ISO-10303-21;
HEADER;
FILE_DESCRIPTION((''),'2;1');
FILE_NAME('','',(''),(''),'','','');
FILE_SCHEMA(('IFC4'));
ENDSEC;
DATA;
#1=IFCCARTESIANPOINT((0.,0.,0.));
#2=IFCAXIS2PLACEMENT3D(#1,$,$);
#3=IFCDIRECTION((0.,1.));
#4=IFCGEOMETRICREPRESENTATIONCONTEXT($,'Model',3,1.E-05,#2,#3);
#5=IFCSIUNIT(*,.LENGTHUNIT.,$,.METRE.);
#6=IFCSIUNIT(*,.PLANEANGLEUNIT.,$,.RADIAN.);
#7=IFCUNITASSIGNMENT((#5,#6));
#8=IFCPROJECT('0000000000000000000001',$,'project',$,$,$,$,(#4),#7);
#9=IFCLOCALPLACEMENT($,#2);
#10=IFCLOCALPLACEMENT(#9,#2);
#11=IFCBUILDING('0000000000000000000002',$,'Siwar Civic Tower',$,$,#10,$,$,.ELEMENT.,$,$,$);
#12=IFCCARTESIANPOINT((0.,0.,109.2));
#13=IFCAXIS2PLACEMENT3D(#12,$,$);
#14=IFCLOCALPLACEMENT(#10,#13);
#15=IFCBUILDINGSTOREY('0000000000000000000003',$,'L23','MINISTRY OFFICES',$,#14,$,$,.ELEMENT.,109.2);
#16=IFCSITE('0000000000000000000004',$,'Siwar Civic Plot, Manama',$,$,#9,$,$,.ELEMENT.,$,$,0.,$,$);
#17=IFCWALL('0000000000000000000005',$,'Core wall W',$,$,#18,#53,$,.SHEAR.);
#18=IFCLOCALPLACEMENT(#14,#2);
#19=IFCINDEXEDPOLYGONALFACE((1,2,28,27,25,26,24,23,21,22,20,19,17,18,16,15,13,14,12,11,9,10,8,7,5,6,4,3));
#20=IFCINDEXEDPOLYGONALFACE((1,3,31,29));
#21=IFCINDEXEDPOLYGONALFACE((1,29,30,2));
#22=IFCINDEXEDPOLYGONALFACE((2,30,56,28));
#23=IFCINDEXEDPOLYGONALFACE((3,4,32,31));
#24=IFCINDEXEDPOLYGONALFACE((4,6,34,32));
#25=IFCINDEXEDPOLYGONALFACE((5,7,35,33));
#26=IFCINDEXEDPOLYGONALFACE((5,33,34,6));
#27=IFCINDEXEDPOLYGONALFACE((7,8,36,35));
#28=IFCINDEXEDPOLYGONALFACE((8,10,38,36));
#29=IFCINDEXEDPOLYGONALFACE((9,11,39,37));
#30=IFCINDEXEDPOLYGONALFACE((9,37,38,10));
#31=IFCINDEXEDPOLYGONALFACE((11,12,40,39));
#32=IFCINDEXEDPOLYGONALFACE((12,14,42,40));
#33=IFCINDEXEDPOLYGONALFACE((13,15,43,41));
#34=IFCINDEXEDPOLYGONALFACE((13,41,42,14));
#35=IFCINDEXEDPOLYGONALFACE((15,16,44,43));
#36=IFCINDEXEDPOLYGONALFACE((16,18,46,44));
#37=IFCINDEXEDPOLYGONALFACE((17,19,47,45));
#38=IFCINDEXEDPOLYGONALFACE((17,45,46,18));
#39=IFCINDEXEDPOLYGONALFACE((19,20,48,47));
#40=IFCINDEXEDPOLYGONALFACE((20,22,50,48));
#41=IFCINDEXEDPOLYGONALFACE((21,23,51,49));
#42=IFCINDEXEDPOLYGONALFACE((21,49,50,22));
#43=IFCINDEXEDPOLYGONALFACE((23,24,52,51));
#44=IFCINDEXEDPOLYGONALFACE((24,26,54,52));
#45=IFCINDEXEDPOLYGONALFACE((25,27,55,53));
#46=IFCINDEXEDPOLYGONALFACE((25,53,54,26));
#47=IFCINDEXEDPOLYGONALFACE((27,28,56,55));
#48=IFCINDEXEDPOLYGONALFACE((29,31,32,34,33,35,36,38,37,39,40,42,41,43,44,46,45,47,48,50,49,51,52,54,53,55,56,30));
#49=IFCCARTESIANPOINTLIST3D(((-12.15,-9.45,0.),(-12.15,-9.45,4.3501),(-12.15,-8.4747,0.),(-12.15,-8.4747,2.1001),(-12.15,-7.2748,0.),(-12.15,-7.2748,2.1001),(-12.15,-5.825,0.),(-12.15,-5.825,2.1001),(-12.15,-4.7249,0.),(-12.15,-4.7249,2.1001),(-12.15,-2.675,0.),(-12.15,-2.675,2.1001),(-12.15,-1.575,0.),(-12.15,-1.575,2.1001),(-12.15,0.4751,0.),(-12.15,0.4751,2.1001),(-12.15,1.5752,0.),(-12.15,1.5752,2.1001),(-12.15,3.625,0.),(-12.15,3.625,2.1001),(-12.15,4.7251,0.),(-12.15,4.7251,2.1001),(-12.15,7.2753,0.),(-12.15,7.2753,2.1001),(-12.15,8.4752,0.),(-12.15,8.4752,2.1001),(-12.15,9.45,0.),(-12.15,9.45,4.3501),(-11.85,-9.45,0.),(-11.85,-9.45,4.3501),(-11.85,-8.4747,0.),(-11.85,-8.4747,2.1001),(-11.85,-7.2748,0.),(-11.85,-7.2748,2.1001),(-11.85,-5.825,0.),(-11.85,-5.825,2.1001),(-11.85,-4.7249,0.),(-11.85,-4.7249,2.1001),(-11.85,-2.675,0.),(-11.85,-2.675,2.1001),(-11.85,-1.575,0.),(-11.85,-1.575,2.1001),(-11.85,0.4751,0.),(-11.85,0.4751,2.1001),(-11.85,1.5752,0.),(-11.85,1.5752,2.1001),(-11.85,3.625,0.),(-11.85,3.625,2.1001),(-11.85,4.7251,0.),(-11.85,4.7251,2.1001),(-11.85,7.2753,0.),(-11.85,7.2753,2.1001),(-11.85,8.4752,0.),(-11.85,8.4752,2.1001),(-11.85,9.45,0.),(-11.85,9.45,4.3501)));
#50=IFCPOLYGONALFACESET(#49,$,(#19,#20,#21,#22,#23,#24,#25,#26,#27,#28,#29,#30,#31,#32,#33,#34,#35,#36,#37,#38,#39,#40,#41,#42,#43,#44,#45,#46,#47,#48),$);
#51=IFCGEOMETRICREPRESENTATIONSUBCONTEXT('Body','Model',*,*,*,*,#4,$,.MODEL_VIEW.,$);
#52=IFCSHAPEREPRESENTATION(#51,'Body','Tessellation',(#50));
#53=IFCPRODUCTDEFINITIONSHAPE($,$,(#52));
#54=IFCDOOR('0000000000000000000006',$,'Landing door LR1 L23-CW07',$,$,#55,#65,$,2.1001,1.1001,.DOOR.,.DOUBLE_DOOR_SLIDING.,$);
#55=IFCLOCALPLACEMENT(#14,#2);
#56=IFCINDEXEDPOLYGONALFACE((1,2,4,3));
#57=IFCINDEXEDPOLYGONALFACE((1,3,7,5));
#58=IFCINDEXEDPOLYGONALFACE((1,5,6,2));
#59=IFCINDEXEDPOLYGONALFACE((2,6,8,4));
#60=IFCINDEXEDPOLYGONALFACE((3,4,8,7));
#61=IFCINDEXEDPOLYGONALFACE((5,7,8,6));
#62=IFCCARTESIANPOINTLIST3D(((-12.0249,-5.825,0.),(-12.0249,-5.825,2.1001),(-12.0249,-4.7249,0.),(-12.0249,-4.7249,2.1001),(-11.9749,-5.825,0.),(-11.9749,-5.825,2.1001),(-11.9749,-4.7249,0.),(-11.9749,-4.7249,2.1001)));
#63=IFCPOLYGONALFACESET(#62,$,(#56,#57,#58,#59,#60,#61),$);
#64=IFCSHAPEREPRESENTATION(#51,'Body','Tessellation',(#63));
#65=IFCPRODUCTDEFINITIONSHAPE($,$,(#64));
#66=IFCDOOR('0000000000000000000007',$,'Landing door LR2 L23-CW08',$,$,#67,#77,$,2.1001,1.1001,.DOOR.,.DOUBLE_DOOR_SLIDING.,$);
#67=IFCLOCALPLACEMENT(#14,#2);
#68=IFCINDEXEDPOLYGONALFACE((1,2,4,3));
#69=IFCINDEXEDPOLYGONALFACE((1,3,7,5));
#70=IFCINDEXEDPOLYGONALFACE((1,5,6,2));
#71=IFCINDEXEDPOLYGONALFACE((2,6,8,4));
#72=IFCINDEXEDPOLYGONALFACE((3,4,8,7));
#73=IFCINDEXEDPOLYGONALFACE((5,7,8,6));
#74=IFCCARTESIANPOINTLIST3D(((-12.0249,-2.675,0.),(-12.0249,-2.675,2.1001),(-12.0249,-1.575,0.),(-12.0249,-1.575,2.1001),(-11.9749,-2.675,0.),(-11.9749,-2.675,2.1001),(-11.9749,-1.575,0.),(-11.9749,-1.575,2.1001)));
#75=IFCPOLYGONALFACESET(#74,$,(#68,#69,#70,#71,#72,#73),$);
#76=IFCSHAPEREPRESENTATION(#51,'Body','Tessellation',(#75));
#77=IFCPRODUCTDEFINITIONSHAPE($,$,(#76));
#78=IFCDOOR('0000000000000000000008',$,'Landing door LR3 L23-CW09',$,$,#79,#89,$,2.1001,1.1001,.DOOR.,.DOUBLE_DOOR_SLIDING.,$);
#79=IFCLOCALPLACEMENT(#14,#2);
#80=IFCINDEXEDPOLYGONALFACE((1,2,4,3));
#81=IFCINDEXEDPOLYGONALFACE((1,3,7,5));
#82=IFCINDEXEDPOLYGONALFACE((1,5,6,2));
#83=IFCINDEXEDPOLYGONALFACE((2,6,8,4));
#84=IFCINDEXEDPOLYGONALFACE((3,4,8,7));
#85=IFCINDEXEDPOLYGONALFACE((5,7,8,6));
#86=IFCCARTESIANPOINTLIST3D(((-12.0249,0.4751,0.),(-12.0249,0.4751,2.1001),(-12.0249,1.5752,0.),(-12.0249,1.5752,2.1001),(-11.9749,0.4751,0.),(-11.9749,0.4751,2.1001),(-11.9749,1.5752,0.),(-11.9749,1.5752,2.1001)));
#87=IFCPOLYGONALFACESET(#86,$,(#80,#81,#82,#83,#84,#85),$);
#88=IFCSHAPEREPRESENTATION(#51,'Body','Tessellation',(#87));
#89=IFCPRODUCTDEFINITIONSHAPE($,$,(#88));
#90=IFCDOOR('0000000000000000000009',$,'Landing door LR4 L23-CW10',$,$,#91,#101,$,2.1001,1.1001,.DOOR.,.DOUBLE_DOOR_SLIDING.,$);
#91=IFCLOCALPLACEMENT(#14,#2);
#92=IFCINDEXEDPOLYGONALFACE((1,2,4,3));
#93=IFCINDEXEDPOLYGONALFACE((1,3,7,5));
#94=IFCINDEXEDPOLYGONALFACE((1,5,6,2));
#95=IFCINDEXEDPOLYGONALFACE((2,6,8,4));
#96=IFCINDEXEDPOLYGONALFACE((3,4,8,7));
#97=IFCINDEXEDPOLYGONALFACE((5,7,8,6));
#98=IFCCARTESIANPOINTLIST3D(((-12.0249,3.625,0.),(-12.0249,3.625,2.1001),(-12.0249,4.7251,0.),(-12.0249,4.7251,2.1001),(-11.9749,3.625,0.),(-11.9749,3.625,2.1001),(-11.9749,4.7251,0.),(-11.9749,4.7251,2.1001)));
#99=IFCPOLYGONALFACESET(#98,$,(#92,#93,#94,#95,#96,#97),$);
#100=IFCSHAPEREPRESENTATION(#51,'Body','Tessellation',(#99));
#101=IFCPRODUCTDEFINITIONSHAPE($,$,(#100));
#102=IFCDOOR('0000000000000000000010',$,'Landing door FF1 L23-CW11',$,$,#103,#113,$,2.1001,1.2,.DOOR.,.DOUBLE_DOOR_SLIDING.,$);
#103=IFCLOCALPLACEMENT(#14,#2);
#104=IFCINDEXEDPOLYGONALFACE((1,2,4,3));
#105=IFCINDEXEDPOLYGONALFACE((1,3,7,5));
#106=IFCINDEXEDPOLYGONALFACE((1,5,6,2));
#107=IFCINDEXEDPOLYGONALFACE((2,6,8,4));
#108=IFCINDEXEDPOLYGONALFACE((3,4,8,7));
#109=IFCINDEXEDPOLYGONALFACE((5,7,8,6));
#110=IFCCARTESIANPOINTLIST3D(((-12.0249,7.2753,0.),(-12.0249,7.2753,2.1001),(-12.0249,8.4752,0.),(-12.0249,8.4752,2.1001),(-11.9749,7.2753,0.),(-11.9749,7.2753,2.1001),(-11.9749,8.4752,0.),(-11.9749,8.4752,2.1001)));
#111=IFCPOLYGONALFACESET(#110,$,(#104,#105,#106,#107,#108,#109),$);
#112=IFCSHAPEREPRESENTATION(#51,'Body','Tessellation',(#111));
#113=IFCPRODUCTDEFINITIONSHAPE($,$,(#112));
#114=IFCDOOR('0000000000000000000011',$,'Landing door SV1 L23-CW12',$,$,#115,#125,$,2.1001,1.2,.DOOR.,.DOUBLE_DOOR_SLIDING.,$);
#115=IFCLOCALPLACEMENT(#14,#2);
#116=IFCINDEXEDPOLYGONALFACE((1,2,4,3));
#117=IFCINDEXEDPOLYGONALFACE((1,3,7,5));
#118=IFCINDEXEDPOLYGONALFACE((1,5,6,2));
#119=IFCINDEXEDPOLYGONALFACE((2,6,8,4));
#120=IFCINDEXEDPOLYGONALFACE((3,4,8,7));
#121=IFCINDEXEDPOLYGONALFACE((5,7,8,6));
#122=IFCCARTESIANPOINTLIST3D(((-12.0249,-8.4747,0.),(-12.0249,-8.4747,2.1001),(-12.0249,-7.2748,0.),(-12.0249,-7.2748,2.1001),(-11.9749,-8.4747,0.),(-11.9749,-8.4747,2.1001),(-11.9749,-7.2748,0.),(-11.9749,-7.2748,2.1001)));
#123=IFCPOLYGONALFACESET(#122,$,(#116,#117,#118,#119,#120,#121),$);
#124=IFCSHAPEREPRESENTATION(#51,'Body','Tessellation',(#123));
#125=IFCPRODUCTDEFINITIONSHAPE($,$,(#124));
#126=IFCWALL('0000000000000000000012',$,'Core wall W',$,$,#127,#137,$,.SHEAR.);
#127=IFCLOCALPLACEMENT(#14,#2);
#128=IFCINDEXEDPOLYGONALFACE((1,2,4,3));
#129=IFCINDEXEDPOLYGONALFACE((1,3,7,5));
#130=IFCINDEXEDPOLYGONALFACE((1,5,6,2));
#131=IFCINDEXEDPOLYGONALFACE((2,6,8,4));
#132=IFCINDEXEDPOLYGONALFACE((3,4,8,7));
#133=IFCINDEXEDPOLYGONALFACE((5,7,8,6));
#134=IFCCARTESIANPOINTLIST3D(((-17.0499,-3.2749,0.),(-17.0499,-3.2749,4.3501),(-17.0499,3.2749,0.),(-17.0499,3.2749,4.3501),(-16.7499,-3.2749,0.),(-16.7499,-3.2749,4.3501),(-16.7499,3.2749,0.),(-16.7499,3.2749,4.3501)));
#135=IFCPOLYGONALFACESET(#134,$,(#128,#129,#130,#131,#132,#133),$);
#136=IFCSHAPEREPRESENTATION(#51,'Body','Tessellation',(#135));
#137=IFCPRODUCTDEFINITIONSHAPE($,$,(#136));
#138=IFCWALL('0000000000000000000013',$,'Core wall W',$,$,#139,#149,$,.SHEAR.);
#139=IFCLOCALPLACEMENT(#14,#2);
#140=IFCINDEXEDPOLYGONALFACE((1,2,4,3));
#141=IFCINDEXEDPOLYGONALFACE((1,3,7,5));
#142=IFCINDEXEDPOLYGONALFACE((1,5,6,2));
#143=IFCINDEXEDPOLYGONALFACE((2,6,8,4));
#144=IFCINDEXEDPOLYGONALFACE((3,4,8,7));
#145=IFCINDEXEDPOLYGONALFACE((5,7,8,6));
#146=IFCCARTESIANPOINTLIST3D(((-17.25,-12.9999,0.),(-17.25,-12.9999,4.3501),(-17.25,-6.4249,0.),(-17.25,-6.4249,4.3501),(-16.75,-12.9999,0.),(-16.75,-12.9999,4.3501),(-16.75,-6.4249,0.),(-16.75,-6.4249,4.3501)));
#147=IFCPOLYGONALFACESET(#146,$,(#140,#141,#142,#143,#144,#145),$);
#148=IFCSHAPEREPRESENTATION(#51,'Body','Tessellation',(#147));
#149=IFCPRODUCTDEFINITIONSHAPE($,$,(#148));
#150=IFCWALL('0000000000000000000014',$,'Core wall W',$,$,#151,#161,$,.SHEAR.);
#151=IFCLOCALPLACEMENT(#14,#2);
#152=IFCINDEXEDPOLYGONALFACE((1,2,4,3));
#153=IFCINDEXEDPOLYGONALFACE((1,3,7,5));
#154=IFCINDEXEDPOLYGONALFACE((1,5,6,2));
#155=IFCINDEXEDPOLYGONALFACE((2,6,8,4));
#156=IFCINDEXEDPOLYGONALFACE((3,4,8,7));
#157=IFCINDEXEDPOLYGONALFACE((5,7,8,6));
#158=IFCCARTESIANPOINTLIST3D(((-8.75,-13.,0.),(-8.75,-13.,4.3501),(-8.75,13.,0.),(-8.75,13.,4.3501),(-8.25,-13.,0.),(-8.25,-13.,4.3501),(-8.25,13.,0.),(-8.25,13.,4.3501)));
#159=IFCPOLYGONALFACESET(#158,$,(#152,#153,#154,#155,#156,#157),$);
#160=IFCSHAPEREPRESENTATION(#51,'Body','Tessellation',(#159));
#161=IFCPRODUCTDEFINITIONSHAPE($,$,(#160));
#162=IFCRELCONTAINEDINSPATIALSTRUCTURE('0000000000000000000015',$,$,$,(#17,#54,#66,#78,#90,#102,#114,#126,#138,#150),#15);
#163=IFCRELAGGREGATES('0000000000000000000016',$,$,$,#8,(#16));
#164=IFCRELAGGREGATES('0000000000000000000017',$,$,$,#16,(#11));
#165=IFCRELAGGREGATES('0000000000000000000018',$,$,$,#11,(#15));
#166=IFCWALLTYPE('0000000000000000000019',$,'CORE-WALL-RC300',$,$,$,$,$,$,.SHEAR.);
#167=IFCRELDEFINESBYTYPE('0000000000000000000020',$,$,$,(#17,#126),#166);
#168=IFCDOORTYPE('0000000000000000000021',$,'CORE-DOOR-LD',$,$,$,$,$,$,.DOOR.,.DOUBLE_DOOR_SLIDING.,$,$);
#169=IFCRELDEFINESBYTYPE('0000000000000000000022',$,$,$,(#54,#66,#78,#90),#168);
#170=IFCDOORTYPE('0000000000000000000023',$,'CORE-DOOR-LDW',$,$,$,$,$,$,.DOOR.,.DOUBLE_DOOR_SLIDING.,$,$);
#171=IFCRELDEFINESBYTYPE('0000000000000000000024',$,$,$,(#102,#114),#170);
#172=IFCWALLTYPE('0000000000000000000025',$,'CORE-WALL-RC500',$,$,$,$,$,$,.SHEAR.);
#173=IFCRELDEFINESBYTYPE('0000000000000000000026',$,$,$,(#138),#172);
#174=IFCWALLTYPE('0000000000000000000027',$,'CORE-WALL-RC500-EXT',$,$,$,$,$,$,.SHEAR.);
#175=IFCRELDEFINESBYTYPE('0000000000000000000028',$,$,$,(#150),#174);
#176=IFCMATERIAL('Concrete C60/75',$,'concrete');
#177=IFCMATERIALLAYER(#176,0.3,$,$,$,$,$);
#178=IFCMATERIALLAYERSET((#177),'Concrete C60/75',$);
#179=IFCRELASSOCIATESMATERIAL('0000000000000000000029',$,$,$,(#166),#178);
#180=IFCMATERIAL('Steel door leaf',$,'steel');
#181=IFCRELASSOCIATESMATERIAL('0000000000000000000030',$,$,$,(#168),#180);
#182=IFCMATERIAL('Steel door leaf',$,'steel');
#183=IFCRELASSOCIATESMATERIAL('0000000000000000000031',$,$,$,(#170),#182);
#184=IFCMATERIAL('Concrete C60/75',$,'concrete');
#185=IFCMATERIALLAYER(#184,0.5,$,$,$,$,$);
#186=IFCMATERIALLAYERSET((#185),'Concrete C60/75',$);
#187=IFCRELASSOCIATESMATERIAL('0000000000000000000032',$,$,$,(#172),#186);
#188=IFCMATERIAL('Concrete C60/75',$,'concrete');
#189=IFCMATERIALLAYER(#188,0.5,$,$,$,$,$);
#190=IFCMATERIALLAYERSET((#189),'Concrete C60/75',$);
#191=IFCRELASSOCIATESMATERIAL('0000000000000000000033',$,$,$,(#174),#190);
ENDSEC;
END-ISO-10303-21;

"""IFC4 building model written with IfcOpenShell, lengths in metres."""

from ifc_helpers import new_model, si_unit, direction, frame, frame_2d, origin, place, context, subcontext, project, spatial, rectangle, extrude, material, layer, layer_set, type_object, element, fill, save


model = new_model("IFC4")

# Units and contexts
model_context = context("Model", 3, precision=1e-05, world=origin(), true_north=direction((0.0, 1.0)))
body_context = subcontext(model_context, "Body", "Model", "MODEL_VIEW")
ifc_project = project(units=[si_unit("LENGTHUNIT", "METRE"), si_unit("PLANEANGLEUNIT", "RADIAN")], contexts=[model_context])

# Site, building, storey
site_placement = place(None, origin())
site = spatial("IfcSite", under=ifc_project, at=site_placement, Name="Siwar Civic Plot, Manama", CompositionType="ELEMENT", RefElevation=0.0)
building_placement = place(site_placement, origin())
building = spatial("IfcBuilding", under=site, at=building_placement, Name="Siwar Civic Tower", CompositionType="ELEMENT")
storey_placement = place(building_placement, frame((0.0, 0.0, 109.2)))
storey = spatial("IfcBuildingStorey", under=building, at=storey_placement, Name="L23", Description="MINISTRY OFFICES", CompositionType="ELEMENT", Elevation=109.2)

# Wall, openings, doors
ifc_material_1 = material(Name="Concrete C60/75", Category="concrete")
ifc_layer_1 = layer(ifc_material_1, 0.3)
ifc_layer_set_1 = layer_set([ifc_layer_1], Name="Concrete C60/75")
wall_type_1 = type_object("IfcWallType", Name="CORE-WALL-RC300", PredefinedType="SHEAR", material=ifc_layer_set_1)
wall_1_placement = place(storey_placement, frame((-12.0, -9.45, 0.0), z_axis=(0.0, 0.0, 1.0), x_axis=(0.0, 1.0, 0.0)))
wall_1 = element("IfcWall", 1, at=wall_1_placement, inside=storey, type_object=wall_type_1, Name="Core wall W", PredefinedType="SHEAR", context=body_context, shape_type="SweptSolid", body=[
    extrude(rectangle(XDim=18.8999, YDim=0.3, at=frame_2d((9.45, 0.0))), origin(), (0.0, 0.0, 1.0), 4.3501),
])
opening_1_placement = place(wall_1_placement, frame((3.625, 0.0, 0.0)))
opening_1 = element("IfcOpeningElement", 2, at=opening_1_placement, cuts=wall_1, PredefinedType="OPENING", context=body_context, shape_type="SweptSolid", body=[
    extrude(rectangle(XDim=1.1001, YDim=2.1001, at=frame_2d((0.55, 1.05))), frame((0.0, 0.1602, 0.0), z_axis=(0.0, -1.0, 0.0), x_axis=(1.0, 0.0, 0.0)), (0.0, 0.0, 1.0), 0.3201),
])
opening_2_placement = place(wall_1_placement, frame((6.7749, 0.0, 0.0)))
opening_2 = element("IfcOpeningElement", 3, at=opening_2_placement, cuts=wall_1, PredefinedType="OPENING", context=body_context, shape_type="SweptSolid", body=[
    extrude(rectangle(XDim=1.1001, YDim=2.1001, at=frame_2d((0.55, 1.05))), frame((0.0, 0.1602, 0.0), z_axis=(0.0, -1.0, 0.0), x_axis=(1.0, 0.0, 0.0)), (0.0, 0.0, 1.0), 0.3201),
])
opening_3_placement = place(wall_1_placement, frame((9.925, 0.0, 0.0)))
opening_3 = element("IfcOpeningElement", 4, at=opening_3_placement, cuts=wall_1, PredefinedType="OPENING", context=body_context, shape_type="SweptSolid", body=[
    extrude(rectangle(XDim=1.1001, YDim=2.1001, at=frame_2d((0.55, 1.05))), frame((0.0, 0.1602, 0.0), z_axis=(0.0, -1.0, 0.0), x_axis=(1.0, 0.0, 0.0)), (0.0, 0.0, 1.0), 0.3201),
])
opening_4_placement = place(wall_1_placement, frame((13.075, 0.0, 0.0)))
opening_4 = element("IfcOpeningElement", 5, at=opening_4_placement, cuts=wall_1, PredefinedType="OPENING", context=body_context, shape_type="SweptSolid", body=[
    extrude(rectangle(XDim=1.1001, YDim=2.1001, at=frame_2d((0.55, 1.05))), frame((0.0, 0.1602, 0.0), z_axis=(0.0, -1.0, 0.0), x_axis=(1.0, 0.0, 0.0)), (0.0, 0.0, 1.0), 0.3201),
])
opening_5_placement = place(wall_1_placement, frame((16.7251, 0.0, 0.0)))
opening_5 = element("IfcOpeningElement", 6, at=opening_5_placement, cuts=wall_1, PredefinedType="OPENING", context=body_context, shape_type="SweptSolid", body=[
    extrude(rectangle(XDim=1.2, YDim=2.1001, at=frame_2d((0.6001, 1.05))), frame((0.0, 0.1602, 0.0), z_axis=(0.0, -1.0, 0.0), x_axis=(1.0, 0.0, 0.0)), (0.0, 0.0, 1.0), 0.3201),
])
opening_6_placement = place(wall_1_placement, frame((0.9751, 0.0, 0.0)))
opening_6 = element("IfcOpeningElement", 7, at=opening_6_placement, cuts=wall_1, PredefinedType="OPENING", context=body_context, shape_type="SweptSolid", body=[
    extrude(rectangle(XDim=1.2, YDim=2.1001, at=frame_2d((0.6001, 1.05))), frame((0.0, 0.1602, 0.0), z_axis=(0.0, -1.0, 0.0), x_axis=(1.0, 0.0, 0.0)), (0.0, 0.0, 1.0), 0.3201),
])
ifc_material_2 = material(Name="Steel door leaf", Category="steel")
door_type_1 = type_object("IfcDoorType", Name="CORE-DOOR-LD", OperationType="DOUBLE_DOOR_SLIDING", PredefinedType="DOOR", material=ifc_material_2)
door_1_placement = place(opening_1_placement, origin())
door_1 = element("IfcDoor", 8, at=door_1_placement, inside=storey, type_object=door_type_1, Name="Landing door LR1 L23-CW07", OperationType="DOUBLE_DOOR_SLIDING", OverallHeight=2.1001, OverallWidth=1.1001, PredefinedType="DOOR", context=body_context, shape_type="SweptSolid", body=[
    extrude(rectangle(XDim=1.1001, YDim=2.1001, at=frame_2d((0.55, 1.05))), frame((0.0, 0.0249, 0.0), z_axis=(0.0, -1.0, 0.0), x_axis=(1.0, 0.0, 0.0)), (0.0, 0.0, 1.0), 0.05),
])
fill(opening_1, door_1)
door_2_placement = place(opening_2_placement, origin())
door_2 = element("IfcDoor", 9, at=door_2_placement, inside=storey, type_object=door_type_1, Name="Landing door LR2 L23-CW08", OperationType="DOUBLE_DOOR_SLIDING", OverallHeight=2.1001, OverallWidth=1.1001, PredefinedType="DOOR", context=body_context, shape_type="SweptSolid", body=[
    extrude(rectangle(XDim=1.1001, YDim=2.1001, at=frame_2d((0.55, 1.05))), frame((0.0, 0.0249, 0.0), z_axis=(0.0, -1.0, 0.0), x_axis=(1.0, 0.0, 0.0)), (0.0, 0.0, 1.0), 0.05),
])
fill(opening_2, door_2)
door_3_placement = place(opening_3_placement, origin())
door_3 = element("IfcDoor", 10, at=door_3_placement, inside=storey, type_object=door_type_1, Name="Landing door LR3 L23-CW09", OperationType="DOUBLE_DOOR_SLIDING", OverallHeight=2.1001, OverallWidth=1.1001, PredefinedType="DOOR", context=body_context, shape_type="SweptSolid", body=[
    extrude(rectangle(XDim=1.1001, YDim=2.1001, at=frame_2d((0.55, 1.05))), frame((0.0, 0.0249, 0.0), z_axis=(0.0, -1.0, 0.0), x_axis=(1.0, 0.0, 0.0)), (0.0, 0.0, 1.0), 0.05),
])
fill(opening_3, door_3)
door_4_placement = place(opening_4_placement, origin())
door_4 = element("IfcDoor", 11, at=door_4_placement, inside=storey, type_object=door_type_1, Name="Landing door LR4 L23-CW10", OperationType="DOUBLE_DOOR_SLIDING", OverallHeight=2.1001, OverallWidth=1.1001, PredefinedType="DOOR", context=body_context, shape_type="SweptSolid", body=[
    extrude(rectangle(XDim=1.1001, YDim=2.1001, at=frame_2d((0.55, 1.05))), frame((0.0, 0.0249, 0.0), z_axis=(0.0, -1.0, 0.0), x_axis=(1.0, 0.0, 0.0)), (0.0, 0.0, 1.0), 0.05),
])
fill(opening_4, door_4)
ifc_material_3 = material(Name="Steel door leaf", Category="steel")
door_type_2 = type_object("IfcDoorType", Name="CORE-DOOR-LDW", OperationType="DOUBLE_DOOR_SLIDING", PredefinedType="DOOR", material=ifc_material_3)
door_5_placement = place(opening_5_placement, origin())
door_5 = element("IfcDoor", 12, at=door_5_placement, inside=storey, type_object=door_type_2, Name="Landing door FF1 L23-CW11", OperationType="DOUBLE_DOOR_SLIDING", OverallHeight=2.1001, OverallWidth=1.2, PredefinedType="DOOR", context=body_context, shape_type="SweptSolid", body=[
    extrude(rectangle(XDim=1.2, YDim=2.1001, at=frame_2d((0.6001, 1.05))), frame((0.0, 0.0249, 0.0), z_axis=(0.0, -1.0, 0.0), x_axis=(1.0, 0.0, 0.0)), (0.0, 0.0, 1.0), 0.05),
])
fill(opening_5, door_5)
door_6_placement = place(opening_6_placement, origin())
door_6 = element("IfcDoor", 13, at=door_6_placement, inside=storey, type_object=door_type_2, Name="Landing door SV1 L23-CW12", OperationType="DOUBLE_DOOR_SLIDING", OverallHeight=2.1001, OverallWidth=1.2, PredefinedType="DOOR", context=body_context, shape_type="SweptSolid", body=[
    extrude(rectangle(XDim=1.2, YDim=2.1001, at=frame_2d((0.6001, 1.05))), frame((0.0, 0.0249, 0.0), z_axis=(0.0, -1.0, 0.0), x_axis=(1.0, 0.0, 0.0)), (0.0, 0.0, 1.0), 0.05),
])
fill(opening_6, door_6)

# Walls
wall_2_placement = place(storey_placement, frame((-16.8999, -3.2749, 0.0), z_axis=(0.0, 0.0, 1.0), x_axis=(0.0, 1.0, 0.0)))
element("IfcWall", 14, at=wall_2_placement, inside=storey, type_object=wall_type_1, Name="Core wall W", PredefinedType="SHEAR", context=body_context, shape_type="SweptSolid", body=[
    extrude(rectangle(XDim=6.5498, YDim=0.3, at=frame_2d((3.2749, 0.0))), origin(), (0.0, 0.0, 1.0), 4.3501),
])
ifc_material_4 = material(Name="Concrete C60/75", Category="concrete")
ifc_layer_2 = layer(ifc_material_4, 0.5)
ifc_layer_set_2 = layer_set([ifc_layer_2], Name="Concrete C60/75")
wall_type_2 = type_object("IfcWallType", Name="CORE-WALL-RC500", PredefinedType="SHEAR", material=ifc_layer_set_2)
wall_3_placement = place(storey_placement, frame((-17.0, -13.0, 0.0), z_axis=(0.0, 0.0, 1.0), x_axis=(0.0, 1.0, 0.0)))
element("IfcWall", 15, at=wall_3_placement, inside=storey, type_object=wall_type_2, Name="Core wall W", PredefinedType="SHEAR", context=body_context, shape_type="SweptSolid", body=[
    extrude(rectangle(XDim=6.575, YDim=0.5, at=frame_2d((3.2876, 0.0))), origin(), (0.0, 0.0, 1.0), 4.3501),
])
ifc_material_5 = material(Name="Concrete C60/75", Category="concrete")
ifc_layer_3 = layer(ifc_material_5, 0.5)
ifc_layer_set_3 = layer_set([ifc_layer_3], Name="Concrete C60/75")
wall_type_3 = type_object("IfcWallType", Name="CORE-WALL-RC500-EXT", PredefinedType="SHEAR", material=ifc_layer_set_3)
wall_4_placement = place(storey_placement, frame((-8.5, -13.0, 0.0), z_axis=(0.0, 0.0, 1.0), x_axis=(0.0, 1.0, 0.0)))
element("IfcWall", 16, at=wall_4_placement, inside=storey, type_object=wall_type_3, Name="Core wall W", PredefinedType="SHEAR", context=body_context, shape_type="SweptSolid", body=[
    extrude(rectangle(XDim=26.0, YDim=0.5, at=frame_2d((13.0, 0.0))), origin(), (0.0, 0.0, 1.0), 4.3501),
])

save(model, "model.ifc")
